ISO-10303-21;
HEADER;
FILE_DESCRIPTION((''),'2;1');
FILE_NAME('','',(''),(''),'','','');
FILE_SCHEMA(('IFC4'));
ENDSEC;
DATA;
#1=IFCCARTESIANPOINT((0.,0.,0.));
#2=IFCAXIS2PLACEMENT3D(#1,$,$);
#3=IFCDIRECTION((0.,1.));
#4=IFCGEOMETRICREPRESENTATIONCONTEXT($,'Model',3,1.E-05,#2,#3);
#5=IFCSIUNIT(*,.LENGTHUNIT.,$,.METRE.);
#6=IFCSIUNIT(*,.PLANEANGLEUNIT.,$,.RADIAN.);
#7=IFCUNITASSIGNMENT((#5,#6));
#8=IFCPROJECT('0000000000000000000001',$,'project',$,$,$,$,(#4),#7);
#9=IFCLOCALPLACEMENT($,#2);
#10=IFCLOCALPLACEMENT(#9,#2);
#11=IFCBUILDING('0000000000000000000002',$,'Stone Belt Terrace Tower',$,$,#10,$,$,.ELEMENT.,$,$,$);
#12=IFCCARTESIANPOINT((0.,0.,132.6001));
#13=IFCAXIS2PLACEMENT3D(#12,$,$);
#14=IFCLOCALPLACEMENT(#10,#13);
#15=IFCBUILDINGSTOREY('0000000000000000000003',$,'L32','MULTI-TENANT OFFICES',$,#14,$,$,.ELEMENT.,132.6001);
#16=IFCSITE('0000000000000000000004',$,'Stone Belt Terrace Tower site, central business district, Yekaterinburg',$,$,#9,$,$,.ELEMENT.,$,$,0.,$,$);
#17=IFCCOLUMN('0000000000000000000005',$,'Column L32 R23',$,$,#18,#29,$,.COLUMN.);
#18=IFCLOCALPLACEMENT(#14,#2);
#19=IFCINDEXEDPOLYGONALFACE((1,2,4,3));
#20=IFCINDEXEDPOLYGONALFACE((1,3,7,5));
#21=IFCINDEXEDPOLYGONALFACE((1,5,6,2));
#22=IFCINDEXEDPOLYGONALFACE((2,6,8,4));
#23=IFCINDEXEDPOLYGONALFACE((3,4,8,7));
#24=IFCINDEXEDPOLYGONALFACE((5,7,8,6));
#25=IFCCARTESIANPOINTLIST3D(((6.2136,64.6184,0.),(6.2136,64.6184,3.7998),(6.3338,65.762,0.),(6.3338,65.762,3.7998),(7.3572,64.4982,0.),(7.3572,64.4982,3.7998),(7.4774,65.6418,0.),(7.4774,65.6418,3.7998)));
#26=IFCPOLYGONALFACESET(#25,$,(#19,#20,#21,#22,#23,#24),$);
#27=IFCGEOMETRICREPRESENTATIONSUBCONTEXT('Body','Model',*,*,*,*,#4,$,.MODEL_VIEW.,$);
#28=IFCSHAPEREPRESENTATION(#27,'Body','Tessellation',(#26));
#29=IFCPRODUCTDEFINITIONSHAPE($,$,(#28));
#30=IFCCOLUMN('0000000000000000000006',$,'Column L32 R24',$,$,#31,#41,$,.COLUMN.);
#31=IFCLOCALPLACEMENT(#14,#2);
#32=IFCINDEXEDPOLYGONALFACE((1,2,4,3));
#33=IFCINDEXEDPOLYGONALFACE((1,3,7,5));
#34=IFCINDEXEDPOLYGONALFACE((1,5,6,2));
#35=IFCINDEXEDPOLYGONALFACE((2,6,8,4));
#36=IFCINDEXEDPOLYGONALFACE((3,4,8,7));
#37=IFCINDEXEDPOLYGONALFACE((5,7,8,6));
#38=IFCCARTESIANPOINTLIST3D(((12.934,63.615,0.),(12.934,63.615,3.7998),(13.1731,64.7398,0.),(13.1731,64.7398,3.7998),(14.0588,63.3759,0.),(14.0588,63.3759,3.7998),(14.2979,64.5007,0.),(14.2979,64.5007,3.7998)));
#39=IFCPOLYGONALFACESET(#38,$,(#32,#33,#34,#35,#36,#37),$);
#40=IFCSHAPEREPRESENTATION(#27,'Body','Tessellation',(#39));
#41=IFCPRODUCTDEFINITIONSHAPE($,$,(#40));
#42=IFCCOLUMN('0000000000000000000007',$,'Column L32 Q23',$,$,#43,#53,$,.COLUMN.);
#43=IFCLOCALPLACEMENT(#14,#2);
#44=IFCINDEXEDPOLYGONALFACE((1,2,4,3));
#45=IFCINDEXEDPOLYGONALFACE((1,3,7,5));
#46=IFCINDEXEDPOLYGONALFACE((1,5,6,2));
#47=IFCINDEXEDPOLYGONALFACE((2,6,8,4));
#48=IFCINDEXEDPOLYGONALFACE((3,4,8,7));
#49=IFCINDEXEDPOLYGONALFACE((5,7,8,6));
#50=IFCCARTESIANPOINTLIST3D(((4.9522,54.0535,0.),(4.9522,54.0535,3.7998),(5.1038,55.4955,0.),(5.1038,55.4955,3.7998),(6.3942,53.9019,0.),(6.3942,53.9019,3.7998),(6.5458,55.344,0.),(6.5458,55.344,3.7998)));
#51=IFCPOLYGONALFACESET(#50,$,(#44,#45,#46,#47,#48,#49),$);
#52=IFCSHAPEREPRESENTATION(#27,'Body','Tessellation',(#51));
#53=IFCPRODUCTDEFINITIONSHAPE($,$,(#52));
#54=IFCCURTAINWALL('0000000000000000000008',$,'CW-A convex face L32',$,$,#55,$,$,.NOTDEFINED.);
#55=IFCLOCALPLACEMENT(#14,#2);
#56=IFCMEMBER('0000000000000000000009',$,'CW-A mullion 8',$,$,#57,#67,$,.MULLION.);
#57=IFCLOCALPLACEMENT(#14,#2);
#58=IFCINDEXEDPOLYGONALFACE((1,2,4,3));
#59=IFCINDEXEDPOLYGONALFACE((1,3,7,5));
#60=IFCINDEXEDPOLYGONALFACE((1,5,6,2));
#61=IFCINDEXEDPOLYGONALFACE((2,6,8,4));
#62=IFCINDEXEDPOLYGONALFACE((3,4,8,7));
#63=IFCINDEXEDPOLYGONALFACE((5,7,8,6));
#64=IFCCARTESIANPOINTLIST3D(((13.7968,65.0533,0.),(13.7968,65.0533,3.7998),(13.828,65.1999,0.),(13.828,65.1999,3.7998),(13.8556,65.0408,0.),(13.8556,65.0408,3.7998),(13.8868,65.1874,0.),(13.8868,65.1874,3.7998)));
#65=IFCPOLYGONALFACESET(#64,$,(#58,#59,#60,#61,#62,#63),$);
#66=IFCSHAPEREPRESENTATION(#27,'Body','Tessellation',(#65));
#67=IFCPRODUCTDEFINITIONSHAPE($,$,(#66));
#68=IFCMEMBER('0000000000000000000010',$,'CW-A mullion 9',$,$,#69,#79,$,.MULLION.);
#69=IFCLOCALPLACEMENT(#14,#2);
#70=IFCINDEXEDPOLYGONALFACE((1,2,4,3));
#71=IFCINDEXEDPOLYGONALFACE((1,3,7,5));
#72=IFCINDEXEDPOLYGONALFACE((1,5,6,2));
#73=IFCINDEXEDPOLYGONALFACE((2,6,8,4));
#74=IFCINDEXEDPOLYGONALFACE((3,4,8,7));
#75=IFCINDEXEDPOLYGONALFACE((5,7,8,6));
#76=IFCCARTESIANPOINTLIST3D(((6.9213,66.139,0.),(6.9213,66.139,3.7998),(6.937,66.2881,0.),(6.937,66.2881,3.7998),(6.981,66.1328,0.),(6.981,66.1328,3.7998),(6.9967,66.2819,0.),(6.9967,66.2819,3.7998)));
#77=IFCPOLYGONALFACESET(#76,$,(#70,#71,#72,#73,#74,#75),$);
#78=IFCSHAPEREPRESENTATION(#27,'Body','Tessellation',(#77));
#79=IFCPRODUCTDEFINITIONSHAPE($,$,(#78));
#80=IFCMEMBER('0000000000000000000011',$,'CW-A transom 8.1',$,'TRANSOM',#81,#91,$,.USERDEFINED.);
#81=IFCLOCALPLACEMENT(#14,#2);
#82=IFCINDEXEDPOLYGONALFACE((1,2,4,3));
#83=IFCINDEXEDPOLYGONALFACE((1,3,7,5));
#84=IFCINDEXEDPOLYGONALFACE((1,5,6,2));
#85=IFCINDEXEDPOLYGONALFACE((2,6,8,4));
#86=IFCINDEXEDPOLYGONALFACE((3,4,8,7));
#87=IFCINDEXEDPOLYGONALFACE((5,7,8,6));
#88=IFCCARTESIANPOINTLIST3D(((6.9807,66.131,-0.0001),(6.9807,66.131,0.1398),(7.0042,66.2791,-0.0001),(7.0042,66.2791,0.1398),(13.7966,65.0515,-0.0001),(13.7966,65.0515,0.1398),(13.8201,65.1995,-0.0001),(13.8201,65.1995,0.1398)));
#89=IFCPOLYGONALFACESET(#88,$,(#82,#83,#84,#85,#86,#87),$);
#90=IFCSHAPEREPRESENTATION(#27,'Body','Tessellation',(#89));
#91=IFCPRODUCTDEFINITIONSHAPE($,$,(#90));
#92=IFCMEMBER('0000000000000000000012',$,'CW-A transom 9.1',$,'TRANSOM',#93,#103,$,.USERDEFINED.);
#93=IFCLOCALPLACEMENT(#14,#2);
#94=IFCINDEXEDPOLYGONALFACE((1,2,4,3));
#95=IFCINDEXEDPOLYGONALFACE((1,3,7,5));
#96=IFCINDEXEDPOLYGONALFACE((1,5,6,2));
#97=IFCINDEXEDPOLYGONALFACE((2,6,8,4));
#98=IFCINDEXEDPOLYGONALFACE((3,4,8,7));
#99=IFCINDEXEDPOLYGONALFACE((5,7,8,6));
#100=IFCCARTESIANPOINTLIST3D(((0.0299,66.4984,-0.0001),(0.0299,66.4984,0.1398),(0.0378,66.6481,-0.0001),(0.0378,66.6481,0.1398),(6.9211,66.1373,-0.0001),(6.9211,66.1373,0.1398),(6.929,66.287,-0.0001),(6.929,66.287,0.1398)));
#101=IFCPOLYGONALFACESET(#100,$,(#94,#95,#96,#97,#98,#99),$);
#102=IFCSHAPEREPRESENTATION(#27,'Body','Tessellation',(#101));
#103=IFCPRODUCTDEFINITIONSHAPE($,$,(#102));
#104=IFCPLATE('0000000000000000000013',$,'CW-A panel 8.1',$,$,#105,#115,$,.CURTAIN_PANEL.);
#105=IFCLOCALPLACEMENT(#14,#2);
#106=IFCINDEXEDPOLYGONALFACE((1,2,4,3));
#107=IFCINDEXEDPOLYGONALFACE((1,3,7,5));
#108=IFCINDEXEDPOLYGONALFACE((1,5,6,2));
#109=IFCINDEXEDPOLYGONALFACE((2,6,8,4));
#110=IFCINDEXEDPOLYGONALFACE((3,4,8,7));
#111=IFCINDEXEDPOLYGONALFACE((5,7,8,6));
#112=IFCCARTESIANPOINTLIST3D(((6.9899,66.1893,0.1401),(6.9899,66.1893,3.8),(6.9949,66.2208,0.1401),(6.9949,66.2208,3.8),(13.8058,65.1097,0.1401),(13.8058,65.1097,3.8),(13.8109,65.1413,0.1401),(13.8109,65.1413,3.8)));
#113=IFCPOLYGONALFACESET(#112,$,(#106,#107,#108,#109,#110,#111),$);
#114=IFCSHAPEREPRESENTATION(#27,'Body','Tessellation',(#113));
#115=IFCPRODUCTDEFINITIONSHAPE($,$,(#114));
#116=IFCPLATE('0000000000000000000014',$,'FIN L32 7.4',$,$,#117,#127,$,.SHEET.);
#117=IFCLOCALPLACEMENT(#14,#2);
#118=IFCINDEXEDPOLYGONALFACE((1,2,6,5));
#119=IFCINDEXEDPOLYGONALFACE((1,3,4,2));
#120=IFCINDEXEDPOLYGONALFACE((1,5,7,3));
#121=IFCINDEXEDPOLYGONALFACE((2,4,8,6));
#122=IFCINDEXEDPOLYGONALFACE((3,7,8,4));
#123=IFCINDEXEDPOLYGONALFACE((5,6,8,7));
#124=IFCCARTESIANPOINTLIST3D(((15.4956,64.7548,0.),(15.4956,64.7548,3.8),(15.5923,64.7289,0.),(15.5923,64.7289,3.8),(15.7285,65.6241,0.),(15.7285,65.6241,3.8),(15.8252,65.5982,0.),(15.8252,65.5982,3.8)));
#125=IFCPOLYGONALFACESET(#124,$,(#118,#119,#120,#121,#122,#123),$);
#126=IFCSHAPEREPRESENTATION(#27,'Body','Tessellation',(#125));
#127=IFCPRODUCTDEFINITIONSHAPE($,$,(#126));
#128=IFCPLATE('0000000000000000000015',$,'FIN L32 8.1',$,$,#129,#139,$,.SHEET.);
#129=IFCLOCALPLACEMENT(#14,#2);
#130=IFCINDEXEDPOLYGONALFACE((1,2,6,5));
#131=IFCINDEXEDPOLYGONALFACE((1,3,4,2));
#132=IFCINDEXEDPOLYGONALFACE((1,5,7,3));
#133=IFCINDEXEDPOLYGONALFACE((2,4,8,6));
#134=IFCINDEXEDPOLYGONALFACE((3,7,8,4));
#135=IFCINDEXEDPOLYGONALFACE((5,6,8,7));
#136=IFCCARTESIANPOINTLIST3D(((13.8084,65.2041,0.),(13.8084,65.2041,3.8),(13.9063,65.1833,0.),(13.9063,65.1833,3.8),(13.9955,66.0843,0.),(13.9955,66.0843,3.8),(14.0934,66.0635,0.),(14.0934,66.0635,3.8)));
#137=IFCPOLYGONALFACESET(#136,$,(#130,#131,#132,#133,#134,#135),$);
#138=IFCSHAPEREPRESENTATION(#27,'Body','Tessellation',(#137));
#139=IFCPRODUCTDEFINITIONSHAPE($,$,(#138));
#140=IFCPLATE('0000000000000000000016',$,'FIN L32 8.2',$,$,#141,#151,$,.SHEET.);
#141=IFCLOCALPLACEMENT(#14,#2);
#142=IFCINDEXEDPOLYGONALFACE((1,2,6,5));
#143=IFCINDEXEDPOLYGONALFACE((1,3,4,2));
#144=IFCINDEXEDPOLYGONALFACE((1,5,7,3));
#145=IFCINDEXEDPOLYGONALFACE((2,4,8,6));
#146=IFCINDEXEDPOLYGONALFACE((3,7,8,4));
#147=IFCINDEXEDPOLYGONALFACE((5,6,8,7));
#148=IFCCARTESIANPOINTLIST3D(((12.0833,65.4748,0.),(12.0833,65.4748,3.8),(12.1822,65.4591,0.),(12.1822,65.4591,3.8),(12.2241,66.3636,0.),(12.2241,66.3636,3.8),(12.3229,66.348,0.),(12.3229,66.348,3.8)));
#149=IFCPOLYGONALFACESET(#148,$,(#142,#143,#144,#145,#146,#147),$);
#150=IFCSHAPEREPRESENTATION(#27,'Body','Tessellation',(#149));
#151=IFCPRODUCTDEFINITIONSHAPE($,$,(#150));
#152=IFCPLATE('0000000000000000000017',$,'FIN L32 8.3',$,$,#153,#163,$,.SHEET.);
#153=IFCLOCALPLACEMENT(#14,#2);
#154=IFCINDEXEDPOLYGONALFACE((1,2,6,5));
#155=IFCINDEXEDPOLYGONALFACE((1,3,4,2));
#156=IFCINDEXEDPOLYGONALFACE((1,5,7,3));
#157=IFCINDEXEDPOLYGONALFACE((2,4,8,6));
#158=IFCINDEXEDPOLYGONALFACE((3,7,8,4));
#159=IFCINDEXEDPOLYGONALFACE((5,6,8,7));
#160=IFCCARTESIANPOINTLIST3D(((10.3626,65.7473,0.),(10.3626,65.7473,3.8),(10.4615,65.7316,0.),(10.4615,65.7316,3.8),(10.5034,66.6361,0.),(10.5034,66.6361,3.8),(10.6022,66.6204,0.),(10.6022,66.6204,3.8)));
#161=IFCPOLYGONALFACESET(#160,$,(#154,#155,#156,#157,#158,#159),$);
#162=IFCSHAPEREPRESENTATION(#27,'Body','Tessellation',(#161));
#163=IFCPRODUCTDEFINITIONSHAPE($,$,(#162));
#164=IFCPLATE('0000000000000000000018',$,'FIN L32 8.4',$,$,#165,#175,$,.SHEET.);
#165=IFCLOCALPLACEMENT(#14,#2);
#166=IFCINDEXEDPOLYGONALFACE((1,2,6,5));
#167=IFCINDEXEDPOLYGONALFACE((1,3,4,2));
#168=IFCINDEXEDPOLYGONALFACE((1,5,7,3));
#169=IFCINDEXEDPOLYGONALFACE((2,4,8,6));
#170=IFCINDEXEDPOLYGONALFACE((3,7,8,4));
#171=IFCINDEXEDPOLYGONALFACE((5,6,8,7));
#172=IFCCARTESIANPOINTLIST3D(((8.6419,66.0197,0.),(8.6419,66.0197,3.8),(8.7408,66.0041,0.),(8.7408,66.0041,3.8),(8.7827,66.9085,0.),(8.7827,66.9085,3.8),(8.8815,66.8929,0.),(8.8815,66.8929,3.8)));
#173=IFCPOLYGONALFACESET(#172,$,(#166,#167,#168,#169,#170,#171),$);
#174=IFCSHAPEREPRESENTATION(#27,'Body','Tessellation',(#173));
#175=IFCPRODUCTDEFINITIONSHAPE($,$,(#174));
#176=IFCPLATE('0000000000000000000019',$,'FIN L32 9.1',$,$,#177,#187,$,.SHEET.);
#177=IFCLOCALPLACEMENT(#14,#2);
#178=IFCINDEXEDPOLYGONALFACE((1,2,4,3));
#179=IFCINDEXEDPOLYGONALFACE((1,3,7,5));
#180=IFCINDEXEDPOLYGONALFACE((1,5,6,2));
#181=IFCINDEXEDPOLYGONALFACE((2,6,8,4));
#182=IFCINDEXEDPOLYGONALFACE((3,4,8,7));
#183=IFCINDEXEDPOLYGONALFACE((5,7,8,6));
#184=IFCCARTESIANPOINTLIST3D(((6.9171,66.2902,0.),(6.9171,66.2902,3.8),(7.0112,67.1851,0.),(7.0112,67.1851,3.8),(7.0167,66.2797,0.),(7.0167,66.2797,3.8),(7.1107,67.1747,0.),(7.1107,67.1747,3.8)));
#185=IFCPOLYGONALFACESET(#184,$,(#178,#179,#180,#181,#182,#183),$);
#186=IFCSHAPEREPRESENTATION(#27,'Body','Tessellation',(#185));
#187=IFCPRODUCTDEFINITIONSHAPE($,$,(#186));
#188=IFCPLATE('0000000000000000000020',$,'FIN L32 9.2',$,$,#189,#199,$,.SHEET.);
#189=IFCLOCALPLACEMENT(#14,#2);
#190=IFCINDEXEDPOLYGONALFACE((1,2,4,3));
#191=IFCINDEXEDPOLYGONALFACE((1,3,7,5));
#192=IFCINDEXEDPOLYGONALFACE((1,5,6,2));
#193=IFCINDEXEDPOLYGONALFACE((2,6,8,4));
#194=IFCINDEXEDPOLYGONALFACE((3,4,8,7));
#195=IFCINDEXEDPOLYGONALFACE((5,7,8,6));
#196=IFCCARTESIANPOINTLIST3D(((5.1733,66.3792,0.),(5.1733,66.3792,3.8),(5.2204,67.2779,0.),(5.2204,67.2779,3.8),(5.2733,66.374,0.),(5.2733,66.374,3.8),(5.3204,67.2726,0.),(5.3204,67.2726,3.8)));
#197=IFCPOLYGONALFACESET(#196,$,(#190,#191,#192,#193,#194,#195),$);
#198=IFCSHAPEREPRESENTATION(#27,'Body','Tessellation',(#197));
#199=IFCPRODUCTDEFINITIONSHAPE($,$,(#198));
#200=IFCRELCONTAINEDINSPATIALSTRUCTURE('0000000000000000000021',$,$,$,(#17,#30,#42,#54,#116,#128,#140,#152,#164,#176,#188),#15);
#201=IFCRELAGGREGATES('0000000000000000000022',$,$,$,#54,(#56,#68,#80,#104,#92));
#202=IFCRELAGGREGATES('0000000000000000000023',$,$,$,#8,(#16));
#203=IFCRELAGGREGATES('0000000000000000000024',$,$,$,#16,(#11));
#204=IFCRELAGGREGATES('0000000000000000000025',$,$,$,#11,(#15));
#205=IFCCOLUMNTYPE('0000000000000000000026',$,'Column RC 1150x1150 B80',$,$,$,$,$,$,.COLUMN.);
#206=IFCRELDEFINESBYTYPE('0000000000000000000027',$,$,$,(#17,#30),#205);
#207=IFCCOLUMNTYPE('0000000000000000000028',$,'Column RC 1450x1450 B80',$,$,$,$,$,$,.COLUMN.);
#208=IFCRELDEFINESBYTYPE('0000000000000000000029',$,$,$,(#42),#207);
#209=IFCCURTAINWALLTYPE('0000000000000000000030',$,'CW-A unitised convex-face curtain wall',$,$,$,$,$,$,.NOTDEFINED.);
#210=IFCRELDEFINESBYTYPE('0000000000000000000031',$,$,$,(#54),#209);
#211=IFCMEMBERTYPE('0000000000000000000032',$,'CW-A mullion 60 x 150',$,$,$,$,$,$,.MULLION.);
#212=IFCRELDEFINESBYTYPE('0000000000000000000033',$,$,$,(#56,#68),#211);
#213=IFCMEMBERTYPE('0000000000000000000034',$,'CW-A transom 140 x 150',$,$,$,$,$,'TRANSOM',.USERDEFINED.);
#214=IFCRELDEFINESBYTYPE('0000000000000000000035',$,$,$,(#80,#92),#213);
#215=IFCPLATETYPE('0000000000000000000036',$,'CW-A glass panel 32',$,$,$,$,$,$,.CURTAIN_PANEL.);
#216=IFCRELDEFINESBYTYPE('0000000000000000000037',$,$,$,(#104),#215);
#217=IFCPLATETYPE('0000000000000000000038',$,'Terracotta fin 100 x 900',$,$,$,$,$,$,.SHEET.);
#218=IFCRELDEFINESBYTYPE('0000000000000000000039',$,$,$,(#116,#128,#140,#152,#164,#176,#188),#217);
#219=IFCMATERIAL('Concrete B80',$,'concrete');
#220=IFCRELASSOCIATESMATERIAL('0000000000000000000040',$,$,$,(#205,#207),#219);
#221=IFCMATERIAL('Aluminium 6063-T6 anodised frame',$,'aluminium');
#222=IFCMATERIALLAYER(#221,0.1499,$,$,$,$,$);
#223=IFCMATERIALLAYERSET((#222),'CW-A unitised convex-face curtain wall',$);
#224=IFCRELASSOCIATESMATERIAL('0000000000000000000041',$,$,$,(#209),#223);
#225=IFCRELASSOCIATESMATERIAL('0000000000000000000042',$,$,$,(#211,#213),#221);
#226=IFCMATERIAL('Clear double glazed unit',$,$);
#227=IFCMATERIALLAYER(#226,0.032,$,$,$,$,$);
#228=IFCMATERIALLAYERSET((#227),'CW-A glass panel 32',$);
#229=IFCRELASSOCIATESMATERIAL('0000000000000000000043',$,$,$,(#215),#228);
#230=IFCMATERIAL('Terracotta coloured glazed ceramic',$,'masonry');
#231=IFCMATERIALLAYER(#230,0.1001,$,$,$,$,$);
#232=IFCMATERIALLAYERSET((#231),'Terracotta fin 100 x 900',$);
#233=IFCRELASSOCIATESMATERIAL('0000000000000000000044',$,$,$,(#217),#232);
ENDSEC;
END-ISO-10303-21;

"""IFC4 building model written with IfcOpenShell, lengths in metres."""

from ifc_helpers import new_model, si_unit, direction, frame, origin, origin_2d, place, context, subcontext, project, spatial, rectangle, extrude, material, layer, layer_set, material_profile, profile_set, type_object, element, aggregate, save


model = new_model("IFC4")

# Units and contexts
model_context = context("Model", 3, precision=1e-05, world=origin(), true_north=direction((0.0, 1.0)))
body_context = subcontext(model_context, "Body", "Model", "MODEL_VIEW")
ifc_project = project(units=[si_unit("LENGTHUNIT", "METRE"), si_unit("PLANEANGLEUNIT", "RADIAN")], contexts=[model_context])

# Site, building, storey
site_placement = place(None, origin())
site = spatial("IfcSite", under=ifc_project, at=site_placement, Name="Stone Belt Terrace Tower site, central business district, Yekaterinburg", CompositionType="ELEMENT", RefElevation=0.0)
building_placement = place(site_placement, origin())
building = spatial("IfcBuilding", under=site, at=building_placement, Name="Stone Belt Terrace Tower", CompositionType="ELEMENT")
storey_placement = place(building_placement, frame((0.0, 0.0, 132.6001)))
storey = spatial("IfcBuildingStorey", under=building, at=storey_placement, Name="L32", Description="MULTI-TENANT OFFICES", CompositionType="ELEMENT", Elevation=132.6001)

# Columns
ifc_material_1 = material(Name="Concrete B80", Category="concrete")
ifc_material_profile_1 = material_profile(ifc_material_1, rectangle(XDim=1.1499, YDim=1.1499, at=origin_2d()), Name="RC 1150x1150")
ifc_profile_set_1 = profile_set([ifc_material_profile_1], Name="Concrete B80")
column_type_1 = type_object("IfcColumnType", Name="Column RC 1150x1150 B80", PredefinedType="COLUMN", material=ifc_profile_set_1)
for number, where, z_axis, x_axis, name in (
    (1, (6.8455, 65.1301, 0.0), (0.0, 0.0, 1.0), (0.994522, -0.104528, 0.0), "Column L32 R23"),
    (2, (13.616, 64.0579, 0.0), (0.0, 0.0, 1.0), (0.978148, -0.207912, 0.0), "Column L32 R24"),
):
    element("IfcColumn", number, at=place(storey_placement, frame(where, z_axis=z_axis, x_axis=x_axis)), inside=storey, type_object=column_type_1, Name=name, PredefinedType="COLUMN", context=body_context, shape_type="SweptSolid", body=[
        extrude(rectangle(XDim=1.1499, YDim=1.1499, at=origin_2d()), origin(), (0.0, 0.0, 1.0), 3.7998),
    ])
ifc_material_profile_2 = material_profile(ifc_material_1, rectangle(XDim=1.45, YDim=1.45, at=origin_2d()), Name="RC 1450x1450")
ifc_profile_set_2 = profile_set([ifc_material_profile_2], Name="Concrete B80")
column_type_2 = type_object("IfcColumnType", Name="Column RC 1450x1450 B80", PredefinedType="COLUMN", material=ifc_profile_set_2)
column_placement = place(storey_placement, frame((5.749, 54.6987, 0.0), z_axis=(0.0, 0.0, 1.0), x_axis=(0.994522, -0.104528, 0.0)))
element("IfcColumn", 3, at=column_placement, inside=storey, type_object=column_type_2, Name="Column L32 Q23", PredefinedType="COLUMN", context=body_context, shape_type="SweptSolid", body=[
    extrude(rectangle(XDim=1.45, YDim=1.45, at=origin_2d()), origin(), (0.0, 0.0, 1.0), 3.7998),
])

# Curtain wall, members, plate
ifc_material_2 = material(Name="Aluminium 6063-T6 anodised frame", Category="aluminium")
ifc_layer_1 = layer(ifc_material_2, 0.1499)
ifc_layer_set_1 = layer_set([ifc_layer_1], Name="CW-A unitised convex-face curtain wall")
curtain_wall_type = type_object("IfcCurtainWallType", Name="CW-A unitised convex-face curtain wall", PredefinedType="NOTDEFINED", material=ifc_layer_set_1)
curtain_wall_placement = place(storey_placement, origin())
curtain_wall = element("IfcCurtainWall", 4, at=curtain_wall_placement, inside=storey, type_object=curtain_wall_type, Name="CW-A convex face L32", PredefinedType="NOTDEFINED")
ifc_material_profile_3 = material_profile(ifc_material_2, rectangle(XDim=0.1499, YDim=0.0601, at=origin_2d()), Name="Aluminium 6063-T6 60x150")
ifc_profile_set_3 = profile_set([ifc_material_profile_3], Name="Aluminium 6063-T6 anodised frame")
member_type_1 = type_object("IfcMemberType", Name="CW-A mullion 60 x 150", PredefinedType="MULLION", material=ifc_profile_set_3)
member_1_placement = place(storey_placement, frame((13.8418, 65.1204, 0.0), z_axis=(0.0, 0.0, 1.0), x_axis=(-0.207912, -0.978148, 0.0)))
member_1 = element("IfcMember", 5, at=member_1_placement, type_object=member_type_1, Name="CW-A mullion 8", PredefinedType="MULLION", context=body_context, shape_type="SweptSolid", body=[
    extrude(rectangle(XDim=0.1499, YDim=0.0601, at=origin_2d()), origin(), (0.0, 0.0, 1.0), 3.7998),
])
member_2_placement = place(storey_placement, frame((6.959, 66.2104, 0.0), z_axis=(0.0, 0.0, 1.0), x_axis=(-0.104528, -0.994522, 0.0)))
member_2 = element("IfcMember", 6, at=member_2_placement, type_object=member_type_1, Name="CW-A mullion 9", PredefinedType="MULLION", context=body_context, shape_type="SweptSolid", body=[
    extrude(rectangle(XDim=0.1499, YDim=0.0601, at=origin_2d()), origin(), (0.0, 0.0, 1.0), 3.7998),
])
ifc_material_profile_4 = material_profile(ifc_material_2, rectangle(XDim=0.1499, YDim=0.1399, at=origin_2d()), Name="Aluminium 6063-T6 150x140")
ifc_profile_set_4 = profile_set([ifc_material_profile_4], Name="Aluminium 6063-T6 anodised frame")
member_type_2 = type_object("IfcMemberType", Name="CW-A transom 140 x 150", ElementType="TRANSOM", PredefinedType="USERDEFINED", material=ifc_profile_set_4)
member_3_placement = place(storey_placement, frame((13.8083, 65.1255, 0.0698), z_axis=(-0.987687, 0.156442, 0.0), x_axis=(-0.156442, -0.987687, 0.0)))
member_3 = element("IfcMember", 7, at=member_3_placement, type_object=member_type_2, Name="CW-A transom 8.1", ObjectType="TRANSOM", PredefinedType="USERDEFINED", context=body_context, shape_type="SweptSolid", body=[
    extrude(rectangle(XDim=0.1499, YDim=0.1399, at=origin_2d()), origin(), (0.0, 0.0, 1.0), 6.9009),
])
member_4_placement = place(storey_placement, frame((6.925, 66.2122, 0.0698), z_axis=(-0.99863, 0.052327, 0.0), x_axis=(-0.052327, -0.99863, 0.0)))
member_4 = element("IfcMember", 8, at=member_4_placement, type_object=member_type_2, Name="CW-A transom 9.1", ObjectType="TRANSOM", PredefinedType="USERDEFINED", context=body_context, shape_type="SweptSolid", body=[
    extrude(rectangle(XDim=0.1499, YDim=0.1399, at=origin_2d()), origin(), (0.0, 0.0, 1.0), 6.9006),
])
ifc_material_3 = material(Name="Clear double glazed unit")
ifc_layer_2 = layer(ifc_material_3, 0.032)
ifc_layer_set_2 = layer_set([ifc_layer_2], Name="CW-A glass panel 32")
plate_type_1 = type_object("IfcPlateType", Name="CW-A glass panel 32", PredefinedType="CURTAIN_PANEL", material=ifc_layer_set_2)
plate_placement = place(storey_placement, frame((10.4004, 65.6653, 0.1401), z_axis=(0.0, 0.0, 1.0), x_axis=(-0.987688, 0.156434, 0.0)))
plate = element("IfcPlate", 9, at=plate_placement, type_object=plate_type_1, Name="CW-A panel 8.1", PredefinedType="CURTAIN_PANEL", context=body_context, shape_type="SweptSolid", body=[
    extrude(rectangle(XDim=6.9009, YDim=0.032, at=origin_2d()), origin(), (0.0, 0.0, 1.0), 3.6599),
])
aggregate(curtain_wall, [member_1, member_2, member_3, plate, member_4])

# Plates
ifc_material_4 = material(Name="Terracotta coloured glazed ceramic", Category="masonry")
ifc_layer_3 = layer(ifc_material_4, 0.1001)
ifc_layer_set_3 = layer_set([ifc_layer_3], Name="Terracotta fin 100 x 900")
plate_type_2 = type_object("IfcPlateType", Name="Terracotta fin 100 x 900", PredefinedType="SHEET", material=ifc_layer_set_3)
for number, where, z_axis, x_axis, name in (
    (10, (15.6604, 65.1765, 0.0), (0.0, 0.0, 1.0), (0.258819, 0.965926, 0.0), "FIN L32 7.4"),
    (11, (13.9509, 65.6338, 0.0), (0.0, 0.0, 1.0), (0.207912, 0.978148, 0.0), "FIN L32 8.1"),
    (12, (12.2031, 65.9114, 0.0), (0.0, 0.0, 1.0), (0.156434, 0.987688, 0.0), "FIN L32 8.2"),
    (13, (10.4824, 66.1838, 0.0), (0.0, 0.0, 1.0), (0.156434, 0.987688, 0.0), "FIN L32 8.3"),
    (14, (8.7617, 66.4563, 0.0), (0.0, 0.0, 1.0), (0.156434, 0.987688, 0.0), "FIN L32 8.4"),
    (15, (7.0139, 66.7324, 0.0), (0.0, 0.0, 1.0), (0.104528, 0.994522, 0.0), "FIN L32 9.1"),
    (16, (5.2468, 66.8259, 0.0), (0.0, 0.0, 1.0), (0.052336, 0.99863, 0.0), "FIN L32 9.2"),
):
    element("IfcPlate", number, at=place(storey_placement, frame(where, z_axis=z_axis, x_axis=x_axis)), inside=storey, type_object=plate_type_2, Name=name, PredefinedType="SHEET", context=body_context, shape_type="SweptSolid", body=[
        extrude(rectangle(XDim=0.8999, YDim=0.1001, at=origin_2d()), origin(), (0.0, 0.0, 1.0), 3.8),
    ])

save(model, "model.ifc")
